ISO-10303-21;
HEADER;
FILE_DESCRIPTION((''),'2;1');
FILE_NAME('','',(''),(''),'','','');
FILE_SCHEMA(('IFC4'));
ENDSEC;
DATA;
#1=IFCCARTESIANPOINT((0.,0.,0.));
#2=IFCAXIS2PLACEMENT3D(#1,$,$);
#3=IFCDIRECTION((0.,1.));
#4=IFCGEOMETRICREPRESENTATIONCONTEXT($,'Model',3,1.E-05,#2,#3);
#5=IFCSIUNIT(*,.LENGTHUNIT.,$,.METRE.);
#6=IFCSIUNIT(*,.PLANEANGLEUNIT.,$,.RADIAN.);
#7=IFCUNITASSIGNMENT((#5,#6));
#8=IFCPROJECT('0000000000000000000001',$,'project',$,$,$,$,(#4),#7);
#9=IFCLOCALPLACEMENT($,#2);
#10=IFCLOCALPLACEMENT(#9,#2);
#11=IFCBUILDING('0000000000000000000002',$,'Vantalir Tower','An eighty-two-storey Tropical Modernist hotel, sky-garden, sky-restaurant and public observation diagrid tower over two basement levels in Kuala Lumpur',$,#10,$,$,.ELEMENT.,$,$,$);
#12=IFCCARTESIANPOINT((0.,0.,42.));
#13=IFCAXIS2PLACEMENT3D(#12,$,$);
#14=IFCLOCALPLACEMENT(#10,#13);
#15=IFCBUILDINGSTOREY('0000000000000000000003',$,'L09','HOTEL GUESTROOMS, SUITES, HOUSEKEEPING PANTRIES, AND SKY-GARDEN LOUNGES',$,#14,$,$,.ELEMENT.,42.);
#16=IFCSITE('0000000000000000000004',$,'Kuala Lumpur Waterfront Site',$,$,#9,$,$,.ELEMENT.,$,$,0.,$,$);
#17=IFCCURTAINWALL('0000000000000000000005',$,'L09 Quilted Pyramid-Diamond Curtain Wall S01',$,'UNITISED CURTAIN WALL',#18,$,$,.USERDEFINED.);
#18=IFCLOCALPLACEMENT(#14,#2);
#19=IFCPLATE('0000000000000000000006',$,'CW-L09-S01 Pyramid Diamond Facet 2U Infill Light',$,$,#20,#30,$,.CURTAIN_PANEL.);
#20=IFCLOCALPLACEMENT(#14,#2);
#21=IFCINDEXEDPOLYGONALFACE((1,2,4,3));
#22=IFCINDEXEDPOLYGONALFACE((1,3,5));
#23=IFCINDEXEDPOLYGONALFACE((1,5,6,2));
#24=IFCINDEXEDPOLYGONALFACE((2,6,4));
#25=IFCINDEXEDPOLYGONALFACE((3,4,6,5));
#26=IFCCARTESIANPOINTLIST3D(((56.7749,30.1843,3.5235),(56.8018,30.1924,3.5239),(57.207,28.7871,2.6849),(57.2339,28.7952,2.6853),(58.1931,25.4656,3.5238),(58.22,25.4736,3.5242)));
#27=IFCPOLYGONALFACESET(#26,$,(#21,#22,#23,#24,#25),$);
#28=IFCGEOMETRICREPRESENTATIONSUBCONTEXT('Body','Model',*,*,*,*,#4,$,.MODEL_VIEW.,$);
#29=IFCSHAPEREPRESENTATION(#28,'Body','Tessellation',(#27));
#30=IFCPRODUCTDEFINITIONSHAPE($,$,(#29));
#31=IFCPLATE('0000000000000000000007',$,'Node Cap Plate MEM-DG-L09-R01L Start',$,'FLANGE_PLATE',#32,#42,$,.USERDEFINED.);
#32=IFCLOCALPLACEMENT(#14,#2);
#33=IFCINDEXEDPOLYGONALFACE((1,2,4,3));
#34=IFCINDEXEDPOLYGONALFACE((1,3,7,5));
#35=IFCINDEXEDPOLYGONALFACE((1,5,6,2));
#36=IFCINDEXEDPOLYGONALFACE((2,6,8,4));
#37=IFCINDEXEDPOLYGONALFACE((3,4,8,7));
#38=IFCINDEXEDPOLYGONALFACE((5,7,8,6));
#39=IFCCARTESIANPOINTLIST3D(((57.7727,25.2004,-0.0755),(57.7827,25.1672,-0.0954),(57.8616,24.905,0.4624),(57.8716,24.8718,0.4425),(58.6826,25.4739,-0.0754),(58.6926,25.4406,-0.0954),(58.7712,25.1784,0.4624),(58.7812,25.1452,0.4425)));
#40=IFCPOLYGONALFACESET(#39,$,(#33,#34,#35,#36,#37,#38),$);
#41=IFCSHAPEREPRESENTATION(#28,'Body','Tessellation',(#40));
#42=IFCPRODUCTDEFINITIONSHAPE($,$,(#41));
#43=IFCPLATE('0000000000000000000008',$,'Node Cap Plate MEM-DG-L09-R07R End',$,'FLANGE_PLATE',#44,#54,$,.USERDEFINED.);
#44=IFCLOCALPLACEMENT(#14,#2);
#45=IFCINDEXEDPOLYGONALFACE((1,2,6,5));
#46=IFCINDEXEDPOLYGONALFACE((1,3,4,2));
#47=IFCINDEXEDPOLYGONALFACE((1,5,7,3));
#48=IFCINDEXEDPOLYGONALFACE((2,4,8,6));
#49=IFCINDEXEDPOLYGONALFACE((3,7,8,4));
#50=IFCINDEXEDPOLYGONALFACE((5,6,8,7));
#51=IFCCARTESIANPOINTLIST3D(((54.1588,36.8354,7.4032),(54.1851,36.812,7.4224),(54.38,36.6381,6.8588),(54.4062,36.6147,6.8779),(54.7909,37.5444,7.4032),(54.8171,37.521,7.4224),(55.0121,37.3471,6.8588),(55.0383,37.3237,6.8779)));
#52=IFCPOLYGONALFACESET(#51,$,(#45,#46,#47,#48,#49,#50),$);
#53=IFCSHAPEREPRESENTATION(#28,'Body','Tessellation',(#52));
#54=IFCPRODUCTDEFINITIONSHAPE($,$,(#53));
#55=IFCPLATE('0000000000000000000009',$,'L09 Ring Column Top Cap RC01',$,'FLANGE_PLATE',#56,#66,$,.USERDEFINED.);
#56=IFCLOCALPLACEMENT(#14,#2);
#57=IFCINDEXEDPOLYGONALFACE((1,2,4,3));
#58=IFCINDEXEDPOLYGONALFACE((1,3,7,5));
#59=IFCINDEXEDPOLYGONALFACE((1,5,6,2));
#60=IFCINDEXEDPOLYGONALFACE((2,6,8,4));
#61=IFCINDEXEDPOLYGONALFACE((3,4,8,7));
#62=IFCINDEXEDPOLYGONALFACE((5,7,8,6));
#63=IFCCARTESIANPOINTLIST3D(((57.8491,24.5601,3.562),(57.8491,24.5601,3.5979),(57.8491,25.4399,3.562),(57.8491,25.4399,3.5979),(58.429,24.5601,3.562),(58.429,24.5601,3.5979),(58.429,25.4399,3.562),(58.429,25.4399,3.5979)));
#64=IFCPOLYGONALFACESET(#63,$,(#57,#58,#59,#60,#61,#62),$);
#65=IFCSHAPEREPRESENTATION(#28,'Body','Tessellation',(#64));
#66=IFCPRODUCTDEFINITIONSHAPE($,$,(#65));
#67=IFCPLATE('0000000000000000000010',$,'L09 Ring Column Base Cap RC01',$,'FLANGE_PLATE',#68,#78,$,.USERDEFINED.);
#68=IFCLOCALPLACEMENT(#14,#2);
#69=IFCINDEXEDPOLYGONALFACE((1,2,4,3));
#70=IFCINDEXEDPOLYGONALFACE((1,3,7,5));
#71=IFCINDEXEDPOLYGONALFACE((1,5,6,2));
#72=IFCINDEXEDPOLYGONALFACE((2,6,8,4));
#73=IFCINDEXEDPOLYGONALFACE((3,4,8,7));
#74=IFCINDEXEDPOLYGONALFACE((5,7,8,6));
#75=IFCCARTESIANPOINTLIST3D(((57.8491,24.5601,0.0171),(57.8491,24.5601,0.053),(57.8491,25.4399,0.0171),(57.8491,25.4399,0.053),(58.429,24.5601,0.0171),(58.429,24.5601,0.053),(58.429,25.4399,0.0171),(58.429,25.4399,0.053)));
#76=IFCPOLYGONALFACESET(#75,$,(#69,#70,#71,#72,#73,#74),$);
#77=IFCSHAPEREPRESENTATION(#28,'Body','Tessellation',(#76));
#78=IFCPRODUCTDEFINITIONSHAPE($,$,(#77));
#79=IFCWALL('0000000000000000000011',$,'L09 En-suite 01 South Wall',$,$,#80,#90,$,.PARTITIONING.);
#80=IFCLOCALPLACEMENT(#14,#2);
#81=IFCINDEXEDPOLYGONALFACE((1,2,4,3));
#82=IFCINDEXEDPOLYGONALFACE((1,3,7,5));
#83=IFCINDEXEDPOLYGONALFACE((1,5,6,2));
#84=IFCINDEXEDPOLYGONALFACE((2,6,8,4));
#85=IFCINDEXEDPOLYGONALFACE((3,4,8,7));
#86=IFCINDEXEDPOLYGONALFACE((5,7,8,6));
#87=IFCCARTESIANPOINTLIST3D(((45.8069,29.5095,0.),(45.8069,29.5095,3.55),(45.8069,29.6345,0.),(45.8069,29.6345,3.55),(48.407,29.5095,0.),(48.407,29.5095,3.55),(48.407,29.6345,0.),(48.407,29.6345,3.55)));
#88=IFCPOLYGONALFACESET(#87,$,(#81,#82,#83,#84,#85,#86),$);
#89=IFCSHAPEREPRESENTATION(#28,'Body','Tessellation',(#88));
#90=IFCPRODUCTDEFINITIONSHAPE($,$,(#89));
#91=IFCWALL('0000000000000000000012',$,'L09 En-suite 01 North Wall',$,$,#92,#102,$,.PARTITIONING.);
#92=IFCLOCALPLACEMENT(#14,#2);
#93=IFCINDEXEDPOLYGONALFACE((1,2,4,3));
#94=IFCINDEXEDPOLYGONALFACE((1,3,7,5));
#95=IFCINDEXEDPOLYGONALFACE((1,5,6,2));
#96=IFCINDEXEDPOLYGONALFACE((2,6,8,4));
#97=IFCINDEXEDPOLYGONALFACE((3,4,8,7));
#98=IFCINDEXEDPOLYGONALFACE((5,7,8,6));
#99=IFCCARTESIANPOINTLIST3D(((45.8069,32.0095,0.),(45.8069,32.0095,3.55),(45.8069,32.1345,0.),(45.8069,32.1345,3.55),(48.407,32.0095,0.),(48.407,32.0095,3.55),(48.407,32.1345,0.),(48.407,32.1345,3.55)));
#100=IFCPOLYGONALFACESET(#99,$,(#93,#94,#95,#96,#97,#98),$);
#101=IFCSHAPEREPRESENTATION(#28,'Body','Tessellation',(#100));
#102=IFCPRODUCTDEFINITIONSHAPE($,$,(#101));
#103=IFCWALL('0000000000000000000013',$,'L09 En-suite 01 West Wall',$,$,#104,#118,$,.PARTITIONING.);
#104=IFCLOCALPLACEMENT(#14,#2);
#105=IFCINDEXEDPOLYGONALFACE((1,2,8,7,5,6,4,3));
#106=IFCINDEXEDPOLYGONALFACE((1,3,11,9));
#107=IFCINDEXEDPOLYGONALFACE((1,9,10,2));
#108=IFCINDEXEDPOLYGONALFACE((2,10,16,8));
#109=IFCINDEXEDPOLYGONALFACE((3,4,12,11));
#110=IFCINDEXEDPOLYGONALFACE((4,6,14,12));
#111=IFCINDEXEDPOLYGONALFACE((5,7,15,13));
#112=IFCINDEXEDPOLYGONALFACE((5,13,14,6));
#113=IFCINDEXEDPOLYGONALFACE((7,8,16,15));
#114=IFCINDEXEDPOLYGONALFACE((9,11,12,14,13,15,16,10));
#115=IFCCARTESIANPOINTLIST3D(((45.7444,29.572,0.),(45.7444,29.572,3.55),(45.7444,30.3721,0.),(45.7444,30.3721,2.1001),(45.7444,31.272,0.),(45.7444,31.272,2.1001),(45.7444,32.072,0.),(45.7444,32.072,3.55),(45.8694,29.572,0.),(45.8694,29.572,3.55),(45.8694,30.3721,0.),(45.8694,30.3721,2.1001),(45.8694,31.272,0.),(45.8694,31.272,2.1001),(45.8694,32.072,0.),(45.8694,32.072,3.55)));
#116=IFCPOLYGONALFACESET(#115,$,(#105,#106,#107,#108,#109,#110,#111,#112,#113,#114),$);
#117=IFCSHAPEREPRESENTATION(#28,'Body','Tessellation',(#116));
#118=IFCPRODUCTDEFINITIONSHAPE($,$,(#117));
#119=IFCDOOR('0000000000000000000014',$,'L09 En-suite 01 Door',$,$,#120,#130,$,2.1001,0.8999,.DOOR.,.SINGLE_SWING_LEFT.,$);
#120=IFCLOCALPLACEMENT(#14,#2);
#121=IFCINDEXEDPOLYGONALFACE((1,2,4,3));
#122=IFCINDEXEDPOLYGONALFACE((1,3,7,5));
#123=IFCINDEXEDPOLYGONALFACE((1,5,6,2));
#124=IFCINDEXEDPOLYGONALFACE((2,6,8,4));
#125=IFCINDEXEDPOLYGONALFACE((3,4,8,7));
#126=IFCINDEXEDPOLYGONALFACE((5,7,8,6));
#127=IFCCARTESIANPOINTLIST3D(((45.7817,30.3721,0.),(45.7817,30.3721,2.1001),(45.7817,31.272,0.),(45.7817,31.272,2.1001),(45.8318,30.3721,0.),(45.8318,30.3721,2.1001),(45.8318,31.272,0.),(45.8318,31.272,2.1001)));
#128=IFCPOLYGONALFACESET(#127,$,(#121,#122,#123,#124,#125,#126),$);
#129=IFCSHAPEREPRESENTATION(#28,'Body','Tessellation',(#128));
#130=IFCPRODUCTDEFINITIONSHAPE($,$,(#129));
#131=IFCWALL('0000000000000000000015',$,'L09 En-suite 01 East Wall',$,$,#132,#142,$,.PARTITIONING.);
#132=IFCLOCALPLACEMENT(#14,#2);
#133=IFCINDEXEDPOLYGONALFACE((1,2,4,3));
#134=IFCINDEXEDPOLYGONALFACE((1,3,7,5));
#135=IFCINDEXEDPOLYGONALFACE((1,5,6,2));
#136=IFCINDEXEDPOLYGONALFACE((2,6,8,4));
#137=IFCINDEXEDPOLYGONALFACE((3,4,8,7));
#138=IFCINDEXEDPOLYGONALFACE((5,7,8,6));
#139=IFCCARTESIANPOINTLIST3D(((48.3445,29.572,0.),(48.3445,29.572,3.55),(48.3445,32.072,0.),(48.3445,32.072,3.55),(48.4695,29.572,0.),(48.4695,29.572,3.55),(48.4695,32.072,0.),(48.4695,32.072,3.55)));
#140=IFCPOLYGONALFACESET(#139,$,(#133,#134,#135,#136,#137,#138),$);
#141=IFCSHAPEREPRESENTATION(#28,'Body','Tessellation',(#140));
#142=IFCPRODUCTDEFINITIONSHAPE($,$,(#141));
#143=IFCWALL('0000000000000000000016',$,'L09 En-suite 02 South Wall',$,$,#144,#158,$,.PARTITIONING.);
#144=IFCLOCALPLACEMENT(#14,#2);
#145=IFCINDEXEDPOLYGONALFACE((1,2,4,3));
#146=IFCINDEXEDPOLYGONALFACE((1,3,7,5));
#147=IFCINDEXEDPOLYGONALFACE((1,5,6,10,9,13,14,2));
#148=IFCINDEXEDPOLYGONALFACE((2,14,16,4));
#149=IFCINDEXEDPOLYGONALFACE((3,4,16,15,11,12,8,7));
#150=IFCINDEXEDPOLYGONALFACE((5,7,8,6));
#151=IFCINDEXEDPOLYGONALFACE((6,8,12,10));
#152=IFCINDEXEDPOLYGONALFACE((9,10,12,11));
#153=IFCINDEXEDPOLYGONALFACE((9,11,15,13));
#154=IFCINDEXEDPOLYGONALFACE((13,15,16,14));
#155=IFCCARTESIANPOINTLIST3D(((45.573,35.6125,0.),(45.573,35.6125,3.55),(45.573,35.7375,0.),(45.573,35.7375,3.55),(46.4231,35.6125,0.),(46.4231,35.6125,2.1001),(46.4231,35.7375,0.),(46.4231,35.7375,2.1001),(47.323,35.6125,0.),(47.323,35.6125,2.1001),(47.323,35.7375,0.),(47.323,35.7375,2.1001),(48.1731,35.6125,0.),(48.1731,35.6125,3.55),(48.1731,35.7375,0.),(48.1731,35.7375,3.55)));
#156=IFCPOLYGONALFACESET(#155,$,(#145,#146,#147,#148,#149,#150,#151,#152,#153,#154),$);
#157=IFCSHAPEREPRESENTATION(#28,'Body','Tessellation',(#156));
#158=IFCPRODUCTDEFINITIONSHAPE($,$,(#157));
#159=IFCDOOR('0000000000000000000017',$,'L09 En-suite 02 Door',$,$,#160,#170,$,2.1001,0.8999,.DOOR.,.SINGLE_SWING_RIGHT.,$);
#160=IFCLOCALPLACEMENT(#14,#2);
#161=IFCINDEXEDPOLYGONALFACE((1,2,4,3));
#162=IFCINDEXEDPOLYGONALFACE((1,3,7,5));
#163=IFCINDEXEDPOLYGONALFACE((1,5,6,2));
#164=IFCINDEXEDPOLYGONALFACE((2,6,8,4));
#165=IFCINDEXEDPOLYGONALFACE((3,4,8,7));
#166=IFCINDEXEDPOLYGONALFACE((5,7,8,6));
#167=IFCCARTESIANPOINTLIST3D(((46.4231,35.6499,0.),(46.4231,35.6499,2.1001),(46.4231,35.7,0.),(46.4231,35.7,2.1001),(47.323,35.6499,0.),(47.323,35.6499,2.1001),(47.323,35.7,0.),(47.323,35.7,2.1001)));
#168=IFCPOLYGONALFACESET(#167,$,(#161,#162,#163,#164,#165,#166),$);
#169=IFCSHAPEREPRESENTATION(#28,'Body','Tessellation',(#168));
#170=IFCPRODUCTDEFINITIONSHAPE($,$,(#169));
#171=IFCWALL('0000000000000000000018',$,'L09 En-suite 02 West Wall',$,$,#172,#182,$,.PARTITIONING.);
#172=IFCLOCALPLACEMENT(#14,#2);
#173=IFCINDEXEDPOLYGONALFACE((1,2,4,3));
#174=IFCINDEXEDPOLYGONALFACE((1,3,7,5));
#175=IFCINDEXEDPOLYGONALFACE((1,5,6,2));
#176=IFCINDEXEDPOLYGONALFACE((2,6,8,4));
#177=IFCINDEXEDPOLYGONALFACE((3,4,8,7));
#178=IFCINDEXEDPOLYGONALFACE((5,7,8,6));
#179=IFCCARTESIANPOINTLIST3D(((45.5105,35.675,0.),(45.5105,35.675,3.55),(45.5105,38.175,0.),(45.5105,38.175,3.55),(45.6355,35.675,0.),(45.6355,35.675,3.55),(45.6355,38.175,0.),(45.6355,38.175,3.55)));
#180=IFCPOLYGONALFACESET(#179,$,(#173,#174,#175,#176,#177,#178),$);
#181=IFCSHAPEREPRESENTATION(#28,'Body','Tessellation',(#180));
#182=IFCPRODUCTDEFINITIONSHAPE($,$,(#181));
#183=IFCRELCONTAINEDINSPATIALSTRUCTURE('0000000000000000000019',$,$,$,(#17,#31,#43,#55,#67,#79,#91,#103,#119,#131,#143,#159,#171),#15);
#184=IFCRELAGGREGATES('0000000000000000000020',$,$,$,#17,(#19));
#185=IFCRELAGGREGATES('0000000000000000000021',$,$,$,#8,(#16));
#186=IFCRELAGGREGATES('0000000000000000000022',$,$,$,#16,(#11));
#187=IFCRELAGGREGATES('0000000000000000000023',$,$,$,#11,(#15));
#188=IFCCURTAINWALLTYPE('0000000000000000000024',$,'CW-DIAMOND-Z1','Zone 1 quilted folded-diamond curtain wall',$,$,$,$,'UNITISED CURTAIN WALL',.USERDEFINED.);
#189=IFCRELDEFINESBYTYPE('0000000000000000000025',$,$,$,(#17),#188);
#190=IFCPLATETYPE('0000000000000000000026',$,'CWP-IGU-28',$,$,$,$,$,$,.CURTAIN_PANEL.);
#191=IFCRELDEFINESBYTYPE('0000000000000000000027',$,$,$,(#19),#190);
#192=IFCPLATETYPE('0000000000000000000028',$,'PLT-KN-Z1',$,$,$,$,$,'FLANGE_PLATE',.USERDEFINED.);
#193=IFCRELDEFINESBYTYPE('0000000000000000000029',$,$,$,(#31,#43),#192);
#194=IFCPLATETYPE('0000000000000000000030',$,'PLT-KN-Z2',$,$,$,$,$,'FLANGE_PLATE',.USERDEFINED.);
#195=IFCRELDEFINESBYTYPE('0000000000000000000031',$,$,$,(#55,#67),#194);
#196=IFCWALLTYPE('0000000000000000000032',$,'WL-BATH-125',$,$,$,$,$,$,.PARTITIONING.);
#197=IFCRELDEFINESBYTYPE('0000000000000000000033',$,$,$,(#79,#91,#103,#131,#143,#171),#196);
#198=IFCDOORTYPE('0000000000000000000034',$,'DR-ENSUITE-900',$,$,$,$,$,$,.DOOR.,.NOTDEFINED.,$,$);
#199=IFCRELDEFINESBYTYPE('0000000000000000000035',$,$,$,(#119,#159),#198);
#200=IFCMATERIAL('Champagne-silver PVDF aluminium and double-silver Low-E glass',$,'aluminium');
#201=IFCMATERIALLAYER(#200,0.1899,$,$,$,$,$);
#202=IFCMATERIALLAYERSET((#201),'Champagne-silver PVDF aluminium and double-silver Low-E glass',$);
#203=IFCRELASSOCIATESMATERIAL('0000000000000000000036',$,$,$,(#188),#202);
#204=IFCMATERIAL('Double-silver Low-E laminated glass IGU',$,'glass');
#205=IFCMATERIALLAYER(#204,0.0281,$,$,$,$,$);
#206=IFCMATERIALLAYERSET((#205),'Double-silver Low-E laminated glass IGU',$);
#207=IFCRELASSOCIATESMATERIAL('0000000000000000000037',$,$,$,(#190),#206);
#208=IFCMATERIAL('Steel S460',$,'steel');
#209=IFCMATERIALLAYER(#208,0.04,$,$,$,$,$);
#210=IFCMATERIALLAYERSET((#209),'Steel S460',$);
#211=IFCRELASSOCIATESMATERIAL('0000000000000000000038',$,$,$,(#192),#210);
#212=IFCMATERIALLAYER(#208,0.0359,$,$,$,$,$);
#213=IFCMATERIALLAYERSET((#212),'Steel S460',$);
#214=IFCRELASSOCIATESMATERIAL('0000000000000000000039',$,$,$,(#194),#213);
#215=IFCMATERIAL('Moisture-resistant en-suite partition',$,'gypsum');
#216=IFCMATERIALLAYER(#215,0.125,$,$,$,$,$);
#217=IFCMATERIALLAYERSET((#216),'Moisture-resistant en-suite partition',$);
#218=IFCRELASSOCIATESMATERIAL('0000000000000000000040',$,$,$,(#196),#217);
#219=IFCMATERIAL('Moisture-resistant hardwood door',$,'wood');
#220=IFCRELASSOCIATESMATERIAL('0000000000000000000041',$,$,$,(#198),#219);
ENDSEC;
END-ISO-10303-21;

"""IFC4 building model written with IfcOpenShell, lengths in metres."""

from ifc_helpers import new_model, si_unit, direction, frame, frame_2d, origin, place, context, subcontext, project, spatial, polyline, rectangle, outline, extrude, material, layer, layer_set, type_object, element, fill, aggregate, save


model = new_model("IFC4")

# Units and contexts
model_context = context("Model", 3, precision=1e-05, world=origin(), true_north=direction((0.0, 1.0)))
body_context = subcontext(model_context, "Body", "Model", "MODEL_VIEW")
ifc_project = project(units=[si_unit("LENGTHUNIT", "METRE"), si_unit("PLANEANGLEUNIT", "RADIAN")], contexts=[model_context])

# Site, building, storey
site_placement = place(None, origin())
site = spatial("IfcSite", under=ifc_project, at=site_placement, Name="Kuala Lumpur Waterfront Site", CompositionType="ELEMENT", RefElevation=0.0)
building_placement = place(site_placement, origin())
building = spatial("IfcBuilding", under=site, at=building_placement, Name="Vantalir Tower", Description="An eighty-two-storey Tropical Modernist hotel, sky-garden, sky-restaurant and public observation diagrid tower over two basement levels in Kuala Lumpur", CompositionType="ELEMENT")
storey_placement = place(building_placement, frame((0.0, 0.0, 42.0)))
storey = spatial("IfcBuildingStorey", under=building, at=storey_placement, Name="L09", Description="HOTEL GUESTROOMS, SUITES, HOUSEKEEPING PANTRIES, AND SKY-GARDEN LOUNGES", CompositionType="ELEMENT", Elevation=42.0)

# Shared definitions
ifc_material_1 = material(Name="Steel S460", Category="steel")

# Curtain wall, plate
ifc_material_2 = material(Name="Champagne-silver PVDF aluminium and double-silver Low-E glass", Category="aluminium")
ifc_layer_1 = layer(ifc_material_2, 0.1899)
ifc_layer_set_1 = layer_set([ifc_layer_1], Name="Champagne-silver PVDF aluminium and double-silver Low-E glass")
curtain_wall_type = type_object("IfcCurtainWallType", Name="CW-DIAMOND-Z1", Description="Zone 1 quilted folded-diamond curtain wall", ElementType="UNITISED CURTAIN WALL", PredefinedType="USERDEFINED", material=ifc_layer_set_1)
curtain_wall_placement = place(storey_placement, origin())
curtain_wall = element("IfcCurtainWall", 1, at=curtain_wall_placement, inside=storey, type_object=curtain_wall_type, Name="L09 Quilted Pyramid-Diamond Curtain Wall S01", ObjectType="UNITISED CURTAIN WALL", PredefinedType="USERDEFINED")
ifc_material_3 = material(Name="Double-silver Low-E laminated glass IGU", Category="glass")
ifc_layer_2 = layer(ifc_material_3, 0.0281)
ifc_layer_set_2 = layer_set([ifc_layer_2], Name="Double-silver Low-E laminated glass IGU")
plate_type_1 = type_object("IfcPlateType", Name="CWP-IGU-28", PredefinedType="CURTAIN_PANEL", material=ifc_layer_set_2)
plate_1_placement = place(storey_placement, frame((58.22, 25.4736, 3.5242), z_axis=(0.957589, 0.287802, 0.013927), x_axis=(-0.28783, 0.957682, -0.00005)))
plate_1 = element("IfcPlate", 2, at=plate_1_placement, type_object=plate_type_1, Name="CW-L09-S01 Pyramid Diamond Facet 2U Infill Light", PredefinedType="CURTAIN_PANEL", context=body_context, shape_type="SweptSolid", body=[
    extrude(outline(polyline([(0.0, 0.0), (4.9273, 0.0), (3.4648, -0.8388), (0.0, 0.0)])), origin(), (0.0, 0.0, -1.0), 0.0281),
])
aggregate(curtain_wall, [plate_1])

# Plates
ifc_layer_3 = layer(ifc_material_1, 0.04)
ifc_layer_set_3 = layer_set([ifc_layer_3], Name="Steel S460")
plate_type_2 = type_object("IfcPlateType", Name="PLT-KN-Z1", ElementType="FLANGE_PLATE", PredefinedType="USERDEFINED", material=ifc_layer_set_3)
plate_2_placement = place(storey_placement, frame((58.6826, 25.4739, -0.0754), z_axis=(-0.249684, 0.830758, 0.497493), x_axis=(-0.957684, -0.287822, -0.000016)))
element("IfcPlate", 3, at=plate_2_placement, inside=storey, type_object=plate_type_2, Name="Node Cap Plate MEM-DG-L09-R01L Start", ObjectType="FLANGE_PLATE", PredefinedType="USERDEFINED", context=body_context, shape_type="SweptSolid", body=[
    extrude(outline(polyline([(0.0, 0.0), (0.9501, 0.0), (0.95, 0.62), (0.0001, 0.62), (0.0, 0.0)])), origin(), (0.0, 0.0, -1.0), 0.04),
])
plate_3_placement = place(storey_placement, frame((54.4062, 36.6147, 6.8779), z_axis=(0.655584, -0.584472, 0.478122), x_axis=(0.665464, 0.74643, 0.0)))
element("IfcPlate", 4, at=plate_3_placement, inside=storey, type_object=plate_type_2, Name="Node Cap Plate MEM-DG-L09-R07R End", ObjectType="FLANGE_PLATE", PredefinedType="USERDEFINED", context=body_context, shape_type="SweptSolid", body=[
    extrude(outline(polyline([(0.0, 0.0), (0.9498, 0.0), (0.9499, 0.6199), (0.0001, 0.6199), (0.0, 0.0)])), origin(), (0.0, 0.0, -1.0), 0.04),
])
ifc_layer_4 = layer(ifc_material_1, 0.0359)
ifc_layer_set_4 = layer_set([ifc_layer_4], Name="Steel S460")
plate_type_3 = type_object("IfcPlateType", Name="PLT-KN-Z2", ElementType="FLANGE_PLATE", PredefinedType="USERDEFINED", material=ifc_layer_set_4)
for number, where, z_axis, x_axis, name in (
    (5, (57.8491, 25.4399, 3.5979), (0.0, 0.0, 1.0), (0.0, -1.0, 0.0), "L09 Ring Column Top Cap RC01"),
    (6, (57.8491, 25.4399, 0.053), (0.0, 0.0, 1.0), (0.0, -1.0, 0.0), "L09 Ring Column Base Cap RC01"),
):
    element("IfcPlate", number, at=place(storey_placement, frame(where, z_axis=z_axis, x_axis=x_axis)), inside=storey, type_object=plate_type_3, Name=name, ObjectType="FLANGE_PLATE", PredefinedType="USERDEFINED", context=body_context, shape_type="SweptSolid", body=[
        extrude(outline(polyline([(0.0, 0.0), (0.8799, 0.0), (0.8799, 0.5798), (0.0, 0.5798), (0.0, 0.0)])), origin(), (0.0, 0.0, -1.0), 0.0359),
    ])

# Walls
ifc_material_4 = material(Name="Moisture-resistant en-suite partition", Category="gypsum")
ifc_layer_5 = layer(ifc_material_4, 0.125)
ifc_layer_set_5 = layer_set([ifc_layer_5], Name="Moisture-resistant en-suite partition")
wall_type_1 = type_object("IfcWallType", Name="WL-BATH-125", PredefinedType="PARTITIONING", material=ifc_layer_set_5)
for number, where, z_axis, x_axis, name in (
    (7, (45.8069, 29.572, 0.0), (0.0, 0.0, 1.0), (1.0, 0.0, 0.0), "L09 En-suite 01 South Wall"),
    (8, (45.8069, 32.072, 0.0), (0.0, 0.0, 1.0), (1.0, 0.0, 0.0), "L09 En-suite 01 North Wall"),
):
    element("IfcWall", number, at=place(storey_placement, frame(where, z_axis=z_axis, x_axis=x_axis)), inside=storey, type_object=wall_type_1, Name=name, PredefinedType="PARTITIONING", context=body_context, shape_type="SweptSolid", body=[
        extrude(rectangle(XDim=2.6001, YDim=0.125, at=frame_2d((1.3, 0.0))), origin(), (0.0, 0.0, 1.0), 3.55),
    ])

# Wall, opening, door
wall_1_placement = place(storey_placement, frame((45.8069, 29.572, 0.0), z_axis=(0.0, 0.0, 1.0), x_axis=(0.0, 1.0, 0.0)))
wall_1 = element("IfcWall", 9, at=wall_1_placement, inside=storey, type_object=wall_type_1, Name="L09 En-suite 01 West Wall", PredefinedType="PARTITIONING", context=body_context, shape_type="SweptSolid", body=[
    extrude(rectangle(XDim=2.5, YDim=0.125, at=frame_2d((1.25, 0.0))), origin(), (0.0, 0.0, 1.0), 3.55),
])
opening_1_placement = place(wall_1_placement, frame((0.8, 0.0, 0.0)))
opening_1 = element("IfcOpeningElement", 10, at=opening_1_placement, cuts=wall_1, PredefinedType="OPENING", context=body_context, shape_type="SweptSolid", body=[
    extrude(rectangle(XDim=0.8999, YDim=2.1001, at=frame_2d((0.45, 1.05))), frame((0.0, 0.0725, 0.0), z_axis=(0.0, -1.0, 0.0), x_axis=(1.0, 0.0, 0.0)), (0.0, 0.0, 1.0), 0.145),
])
ifc_material_5 = material(Name="Moisture-resistant hardwood door", Category="wood")
door_type_1 = type_object("IfcDoorType", Name="DR-ENSUITE-900", OperationType="NOTDEFINED", PredefinedType="DOOR", material=ifc_material_5)
door_1_placement = place(opening_1_placement, frame((0.8999, 0.0, 0.0), z_axis=(0.0, 0.0, 1.0), x_axis=(-1.0, 0.0, 0.0)))
door_1 = element("IfcDoor", 11, at=door_1_placement, inside=storey, type_object=door_type_1, Name="L09 En-suite 01 Door", OperationType="SINGLE_SWING_LEFT", OverallHeight=2.1001, OverallWidth=0.8999, PredefinedType="DOOR", context=body_context, shape_type="SweptSolid", body=[
    extrude(rectangle(XDim=0.8999, YDim=2.1001, at=frame_2d((0.45, 1.05))), frame((0.0, 0.0249, 0.0), z_axis=(0.0, -1.0, 0.0), x_axis=(1.0, 0.0, 0.0)), (0.0, 0.0, 1.0), 0.05),
])
fill(opening_1, door_1)

# Wall
wall_2_placement = place(storey_placement, frame((48.407, 29.572, 0.0), z_axis=(0.0, 0.0, 1.0), x_axis=(0.0, 1.0, 0.0)))
element("IfcWall", 12, at=wall_2_placement, inside=storey, type_object=wall_type_1, Name="L09 En-suite 01 East Wall", PredefinedType="PARTITIONING", context=body_context, shape_type="SweptSolid", body=[
    extrude(rectangle(XDim=2.5, YDim=0.125, at=frame_2d((1.25, 0.0))), origin(), (0.0, 0.0, 1.0), 3.55),
])

# Wall, opening, door
wall_3_placement = place(storey_placement, frame((45.573, 35.675, 0.0), z_axis=(0.0, 0.0, 1.0), x_axis=(1.0, 0.0, 0.0)))
wall_3 = element("IfcWall", 13, at=wall_3_placement, inside=storey, type_object=wall_type_1, Name="L09 En-suite 02 South Wall", PredefinedType="PARTITIONING", context=body_context, shape_type="SweptSolid", body=[
    extrude(rectangle(XDim=2.6001, YDim=0.125, at=frame_2d((1.3, 0.0))), origin(), (0.0, 0.0, 1.0), 3.55),
])
opening_2_placement = place(wall_3_placement, frame((0.8501, 0.0, 0.0)))
opening_2 = element("IfcOpeningElement", 14, at=opening_2_placement, cuts=wall_3, PredefinedType="OPENING", context=body_context, shape_type="SweptSolid", body=[
    extrude(rectangle(XDim=0.8999, YDim=2.1001, at=frame_2d((0.45, 1.05))), frame((0.0, 0.0725, 0.0), z_axis=(0.0, -1.0, 0.0), x_axis=(1.0, 0.0, 0.0)), (0.0, 0.0, 1.0), 0.145),
])
door_2_placement = place(opening_2_placement, origin())
door_2 = element("IfcDoor", 15, at=door_2_placement, inside=storey, type_object=door_type_1, Name="L09 En-suite 02 Door", OperationType="SINGLE_SWING_RIGHT", OverallHeight=2.1001, OverallWidth=0.8999, PredefinedType="DOOR", context=body_context, shape_type="SweptSolid", body=[
    extrude(rectangle(XDim=0.8999, YDim=2.1001, at=frame_2d((0.45, 1.05))), frame((0.0, 0.0249, 0.0), z_axis=(0.0, -1.0, 0.0), x_axis=(1.0, 0.0, 0.0)), (0.0, 0.0, 1.0), 0.05),
])
fill(opening_2, door_2)

# Wall
for number, where, z_axis, x_axis, name in (
    (16, (45.573, 35.675, 0.0), (0.0, 0.0, 1.0), (0.0, 1.0, 0.0), "L09 En-suite 02 West Wall"),
):
    element("IfcWall", number, at=place(storey_placement, frame(where, z_axis=z_axis, x_axis=x_axis)), inside=storey, type_object=wall_type_1, Name=name, PredefinedType="PARTITIONING", context=body_context, shape_type="SweptSolid", body=[
        extrude(rectangle(XDim=2.5, YDim=0.125, at=frame_2d((1.25, 0.0))), origin(), (0.0, 0.0, 1.0), 3.55),
    ])

save(model, "model.ifc")
